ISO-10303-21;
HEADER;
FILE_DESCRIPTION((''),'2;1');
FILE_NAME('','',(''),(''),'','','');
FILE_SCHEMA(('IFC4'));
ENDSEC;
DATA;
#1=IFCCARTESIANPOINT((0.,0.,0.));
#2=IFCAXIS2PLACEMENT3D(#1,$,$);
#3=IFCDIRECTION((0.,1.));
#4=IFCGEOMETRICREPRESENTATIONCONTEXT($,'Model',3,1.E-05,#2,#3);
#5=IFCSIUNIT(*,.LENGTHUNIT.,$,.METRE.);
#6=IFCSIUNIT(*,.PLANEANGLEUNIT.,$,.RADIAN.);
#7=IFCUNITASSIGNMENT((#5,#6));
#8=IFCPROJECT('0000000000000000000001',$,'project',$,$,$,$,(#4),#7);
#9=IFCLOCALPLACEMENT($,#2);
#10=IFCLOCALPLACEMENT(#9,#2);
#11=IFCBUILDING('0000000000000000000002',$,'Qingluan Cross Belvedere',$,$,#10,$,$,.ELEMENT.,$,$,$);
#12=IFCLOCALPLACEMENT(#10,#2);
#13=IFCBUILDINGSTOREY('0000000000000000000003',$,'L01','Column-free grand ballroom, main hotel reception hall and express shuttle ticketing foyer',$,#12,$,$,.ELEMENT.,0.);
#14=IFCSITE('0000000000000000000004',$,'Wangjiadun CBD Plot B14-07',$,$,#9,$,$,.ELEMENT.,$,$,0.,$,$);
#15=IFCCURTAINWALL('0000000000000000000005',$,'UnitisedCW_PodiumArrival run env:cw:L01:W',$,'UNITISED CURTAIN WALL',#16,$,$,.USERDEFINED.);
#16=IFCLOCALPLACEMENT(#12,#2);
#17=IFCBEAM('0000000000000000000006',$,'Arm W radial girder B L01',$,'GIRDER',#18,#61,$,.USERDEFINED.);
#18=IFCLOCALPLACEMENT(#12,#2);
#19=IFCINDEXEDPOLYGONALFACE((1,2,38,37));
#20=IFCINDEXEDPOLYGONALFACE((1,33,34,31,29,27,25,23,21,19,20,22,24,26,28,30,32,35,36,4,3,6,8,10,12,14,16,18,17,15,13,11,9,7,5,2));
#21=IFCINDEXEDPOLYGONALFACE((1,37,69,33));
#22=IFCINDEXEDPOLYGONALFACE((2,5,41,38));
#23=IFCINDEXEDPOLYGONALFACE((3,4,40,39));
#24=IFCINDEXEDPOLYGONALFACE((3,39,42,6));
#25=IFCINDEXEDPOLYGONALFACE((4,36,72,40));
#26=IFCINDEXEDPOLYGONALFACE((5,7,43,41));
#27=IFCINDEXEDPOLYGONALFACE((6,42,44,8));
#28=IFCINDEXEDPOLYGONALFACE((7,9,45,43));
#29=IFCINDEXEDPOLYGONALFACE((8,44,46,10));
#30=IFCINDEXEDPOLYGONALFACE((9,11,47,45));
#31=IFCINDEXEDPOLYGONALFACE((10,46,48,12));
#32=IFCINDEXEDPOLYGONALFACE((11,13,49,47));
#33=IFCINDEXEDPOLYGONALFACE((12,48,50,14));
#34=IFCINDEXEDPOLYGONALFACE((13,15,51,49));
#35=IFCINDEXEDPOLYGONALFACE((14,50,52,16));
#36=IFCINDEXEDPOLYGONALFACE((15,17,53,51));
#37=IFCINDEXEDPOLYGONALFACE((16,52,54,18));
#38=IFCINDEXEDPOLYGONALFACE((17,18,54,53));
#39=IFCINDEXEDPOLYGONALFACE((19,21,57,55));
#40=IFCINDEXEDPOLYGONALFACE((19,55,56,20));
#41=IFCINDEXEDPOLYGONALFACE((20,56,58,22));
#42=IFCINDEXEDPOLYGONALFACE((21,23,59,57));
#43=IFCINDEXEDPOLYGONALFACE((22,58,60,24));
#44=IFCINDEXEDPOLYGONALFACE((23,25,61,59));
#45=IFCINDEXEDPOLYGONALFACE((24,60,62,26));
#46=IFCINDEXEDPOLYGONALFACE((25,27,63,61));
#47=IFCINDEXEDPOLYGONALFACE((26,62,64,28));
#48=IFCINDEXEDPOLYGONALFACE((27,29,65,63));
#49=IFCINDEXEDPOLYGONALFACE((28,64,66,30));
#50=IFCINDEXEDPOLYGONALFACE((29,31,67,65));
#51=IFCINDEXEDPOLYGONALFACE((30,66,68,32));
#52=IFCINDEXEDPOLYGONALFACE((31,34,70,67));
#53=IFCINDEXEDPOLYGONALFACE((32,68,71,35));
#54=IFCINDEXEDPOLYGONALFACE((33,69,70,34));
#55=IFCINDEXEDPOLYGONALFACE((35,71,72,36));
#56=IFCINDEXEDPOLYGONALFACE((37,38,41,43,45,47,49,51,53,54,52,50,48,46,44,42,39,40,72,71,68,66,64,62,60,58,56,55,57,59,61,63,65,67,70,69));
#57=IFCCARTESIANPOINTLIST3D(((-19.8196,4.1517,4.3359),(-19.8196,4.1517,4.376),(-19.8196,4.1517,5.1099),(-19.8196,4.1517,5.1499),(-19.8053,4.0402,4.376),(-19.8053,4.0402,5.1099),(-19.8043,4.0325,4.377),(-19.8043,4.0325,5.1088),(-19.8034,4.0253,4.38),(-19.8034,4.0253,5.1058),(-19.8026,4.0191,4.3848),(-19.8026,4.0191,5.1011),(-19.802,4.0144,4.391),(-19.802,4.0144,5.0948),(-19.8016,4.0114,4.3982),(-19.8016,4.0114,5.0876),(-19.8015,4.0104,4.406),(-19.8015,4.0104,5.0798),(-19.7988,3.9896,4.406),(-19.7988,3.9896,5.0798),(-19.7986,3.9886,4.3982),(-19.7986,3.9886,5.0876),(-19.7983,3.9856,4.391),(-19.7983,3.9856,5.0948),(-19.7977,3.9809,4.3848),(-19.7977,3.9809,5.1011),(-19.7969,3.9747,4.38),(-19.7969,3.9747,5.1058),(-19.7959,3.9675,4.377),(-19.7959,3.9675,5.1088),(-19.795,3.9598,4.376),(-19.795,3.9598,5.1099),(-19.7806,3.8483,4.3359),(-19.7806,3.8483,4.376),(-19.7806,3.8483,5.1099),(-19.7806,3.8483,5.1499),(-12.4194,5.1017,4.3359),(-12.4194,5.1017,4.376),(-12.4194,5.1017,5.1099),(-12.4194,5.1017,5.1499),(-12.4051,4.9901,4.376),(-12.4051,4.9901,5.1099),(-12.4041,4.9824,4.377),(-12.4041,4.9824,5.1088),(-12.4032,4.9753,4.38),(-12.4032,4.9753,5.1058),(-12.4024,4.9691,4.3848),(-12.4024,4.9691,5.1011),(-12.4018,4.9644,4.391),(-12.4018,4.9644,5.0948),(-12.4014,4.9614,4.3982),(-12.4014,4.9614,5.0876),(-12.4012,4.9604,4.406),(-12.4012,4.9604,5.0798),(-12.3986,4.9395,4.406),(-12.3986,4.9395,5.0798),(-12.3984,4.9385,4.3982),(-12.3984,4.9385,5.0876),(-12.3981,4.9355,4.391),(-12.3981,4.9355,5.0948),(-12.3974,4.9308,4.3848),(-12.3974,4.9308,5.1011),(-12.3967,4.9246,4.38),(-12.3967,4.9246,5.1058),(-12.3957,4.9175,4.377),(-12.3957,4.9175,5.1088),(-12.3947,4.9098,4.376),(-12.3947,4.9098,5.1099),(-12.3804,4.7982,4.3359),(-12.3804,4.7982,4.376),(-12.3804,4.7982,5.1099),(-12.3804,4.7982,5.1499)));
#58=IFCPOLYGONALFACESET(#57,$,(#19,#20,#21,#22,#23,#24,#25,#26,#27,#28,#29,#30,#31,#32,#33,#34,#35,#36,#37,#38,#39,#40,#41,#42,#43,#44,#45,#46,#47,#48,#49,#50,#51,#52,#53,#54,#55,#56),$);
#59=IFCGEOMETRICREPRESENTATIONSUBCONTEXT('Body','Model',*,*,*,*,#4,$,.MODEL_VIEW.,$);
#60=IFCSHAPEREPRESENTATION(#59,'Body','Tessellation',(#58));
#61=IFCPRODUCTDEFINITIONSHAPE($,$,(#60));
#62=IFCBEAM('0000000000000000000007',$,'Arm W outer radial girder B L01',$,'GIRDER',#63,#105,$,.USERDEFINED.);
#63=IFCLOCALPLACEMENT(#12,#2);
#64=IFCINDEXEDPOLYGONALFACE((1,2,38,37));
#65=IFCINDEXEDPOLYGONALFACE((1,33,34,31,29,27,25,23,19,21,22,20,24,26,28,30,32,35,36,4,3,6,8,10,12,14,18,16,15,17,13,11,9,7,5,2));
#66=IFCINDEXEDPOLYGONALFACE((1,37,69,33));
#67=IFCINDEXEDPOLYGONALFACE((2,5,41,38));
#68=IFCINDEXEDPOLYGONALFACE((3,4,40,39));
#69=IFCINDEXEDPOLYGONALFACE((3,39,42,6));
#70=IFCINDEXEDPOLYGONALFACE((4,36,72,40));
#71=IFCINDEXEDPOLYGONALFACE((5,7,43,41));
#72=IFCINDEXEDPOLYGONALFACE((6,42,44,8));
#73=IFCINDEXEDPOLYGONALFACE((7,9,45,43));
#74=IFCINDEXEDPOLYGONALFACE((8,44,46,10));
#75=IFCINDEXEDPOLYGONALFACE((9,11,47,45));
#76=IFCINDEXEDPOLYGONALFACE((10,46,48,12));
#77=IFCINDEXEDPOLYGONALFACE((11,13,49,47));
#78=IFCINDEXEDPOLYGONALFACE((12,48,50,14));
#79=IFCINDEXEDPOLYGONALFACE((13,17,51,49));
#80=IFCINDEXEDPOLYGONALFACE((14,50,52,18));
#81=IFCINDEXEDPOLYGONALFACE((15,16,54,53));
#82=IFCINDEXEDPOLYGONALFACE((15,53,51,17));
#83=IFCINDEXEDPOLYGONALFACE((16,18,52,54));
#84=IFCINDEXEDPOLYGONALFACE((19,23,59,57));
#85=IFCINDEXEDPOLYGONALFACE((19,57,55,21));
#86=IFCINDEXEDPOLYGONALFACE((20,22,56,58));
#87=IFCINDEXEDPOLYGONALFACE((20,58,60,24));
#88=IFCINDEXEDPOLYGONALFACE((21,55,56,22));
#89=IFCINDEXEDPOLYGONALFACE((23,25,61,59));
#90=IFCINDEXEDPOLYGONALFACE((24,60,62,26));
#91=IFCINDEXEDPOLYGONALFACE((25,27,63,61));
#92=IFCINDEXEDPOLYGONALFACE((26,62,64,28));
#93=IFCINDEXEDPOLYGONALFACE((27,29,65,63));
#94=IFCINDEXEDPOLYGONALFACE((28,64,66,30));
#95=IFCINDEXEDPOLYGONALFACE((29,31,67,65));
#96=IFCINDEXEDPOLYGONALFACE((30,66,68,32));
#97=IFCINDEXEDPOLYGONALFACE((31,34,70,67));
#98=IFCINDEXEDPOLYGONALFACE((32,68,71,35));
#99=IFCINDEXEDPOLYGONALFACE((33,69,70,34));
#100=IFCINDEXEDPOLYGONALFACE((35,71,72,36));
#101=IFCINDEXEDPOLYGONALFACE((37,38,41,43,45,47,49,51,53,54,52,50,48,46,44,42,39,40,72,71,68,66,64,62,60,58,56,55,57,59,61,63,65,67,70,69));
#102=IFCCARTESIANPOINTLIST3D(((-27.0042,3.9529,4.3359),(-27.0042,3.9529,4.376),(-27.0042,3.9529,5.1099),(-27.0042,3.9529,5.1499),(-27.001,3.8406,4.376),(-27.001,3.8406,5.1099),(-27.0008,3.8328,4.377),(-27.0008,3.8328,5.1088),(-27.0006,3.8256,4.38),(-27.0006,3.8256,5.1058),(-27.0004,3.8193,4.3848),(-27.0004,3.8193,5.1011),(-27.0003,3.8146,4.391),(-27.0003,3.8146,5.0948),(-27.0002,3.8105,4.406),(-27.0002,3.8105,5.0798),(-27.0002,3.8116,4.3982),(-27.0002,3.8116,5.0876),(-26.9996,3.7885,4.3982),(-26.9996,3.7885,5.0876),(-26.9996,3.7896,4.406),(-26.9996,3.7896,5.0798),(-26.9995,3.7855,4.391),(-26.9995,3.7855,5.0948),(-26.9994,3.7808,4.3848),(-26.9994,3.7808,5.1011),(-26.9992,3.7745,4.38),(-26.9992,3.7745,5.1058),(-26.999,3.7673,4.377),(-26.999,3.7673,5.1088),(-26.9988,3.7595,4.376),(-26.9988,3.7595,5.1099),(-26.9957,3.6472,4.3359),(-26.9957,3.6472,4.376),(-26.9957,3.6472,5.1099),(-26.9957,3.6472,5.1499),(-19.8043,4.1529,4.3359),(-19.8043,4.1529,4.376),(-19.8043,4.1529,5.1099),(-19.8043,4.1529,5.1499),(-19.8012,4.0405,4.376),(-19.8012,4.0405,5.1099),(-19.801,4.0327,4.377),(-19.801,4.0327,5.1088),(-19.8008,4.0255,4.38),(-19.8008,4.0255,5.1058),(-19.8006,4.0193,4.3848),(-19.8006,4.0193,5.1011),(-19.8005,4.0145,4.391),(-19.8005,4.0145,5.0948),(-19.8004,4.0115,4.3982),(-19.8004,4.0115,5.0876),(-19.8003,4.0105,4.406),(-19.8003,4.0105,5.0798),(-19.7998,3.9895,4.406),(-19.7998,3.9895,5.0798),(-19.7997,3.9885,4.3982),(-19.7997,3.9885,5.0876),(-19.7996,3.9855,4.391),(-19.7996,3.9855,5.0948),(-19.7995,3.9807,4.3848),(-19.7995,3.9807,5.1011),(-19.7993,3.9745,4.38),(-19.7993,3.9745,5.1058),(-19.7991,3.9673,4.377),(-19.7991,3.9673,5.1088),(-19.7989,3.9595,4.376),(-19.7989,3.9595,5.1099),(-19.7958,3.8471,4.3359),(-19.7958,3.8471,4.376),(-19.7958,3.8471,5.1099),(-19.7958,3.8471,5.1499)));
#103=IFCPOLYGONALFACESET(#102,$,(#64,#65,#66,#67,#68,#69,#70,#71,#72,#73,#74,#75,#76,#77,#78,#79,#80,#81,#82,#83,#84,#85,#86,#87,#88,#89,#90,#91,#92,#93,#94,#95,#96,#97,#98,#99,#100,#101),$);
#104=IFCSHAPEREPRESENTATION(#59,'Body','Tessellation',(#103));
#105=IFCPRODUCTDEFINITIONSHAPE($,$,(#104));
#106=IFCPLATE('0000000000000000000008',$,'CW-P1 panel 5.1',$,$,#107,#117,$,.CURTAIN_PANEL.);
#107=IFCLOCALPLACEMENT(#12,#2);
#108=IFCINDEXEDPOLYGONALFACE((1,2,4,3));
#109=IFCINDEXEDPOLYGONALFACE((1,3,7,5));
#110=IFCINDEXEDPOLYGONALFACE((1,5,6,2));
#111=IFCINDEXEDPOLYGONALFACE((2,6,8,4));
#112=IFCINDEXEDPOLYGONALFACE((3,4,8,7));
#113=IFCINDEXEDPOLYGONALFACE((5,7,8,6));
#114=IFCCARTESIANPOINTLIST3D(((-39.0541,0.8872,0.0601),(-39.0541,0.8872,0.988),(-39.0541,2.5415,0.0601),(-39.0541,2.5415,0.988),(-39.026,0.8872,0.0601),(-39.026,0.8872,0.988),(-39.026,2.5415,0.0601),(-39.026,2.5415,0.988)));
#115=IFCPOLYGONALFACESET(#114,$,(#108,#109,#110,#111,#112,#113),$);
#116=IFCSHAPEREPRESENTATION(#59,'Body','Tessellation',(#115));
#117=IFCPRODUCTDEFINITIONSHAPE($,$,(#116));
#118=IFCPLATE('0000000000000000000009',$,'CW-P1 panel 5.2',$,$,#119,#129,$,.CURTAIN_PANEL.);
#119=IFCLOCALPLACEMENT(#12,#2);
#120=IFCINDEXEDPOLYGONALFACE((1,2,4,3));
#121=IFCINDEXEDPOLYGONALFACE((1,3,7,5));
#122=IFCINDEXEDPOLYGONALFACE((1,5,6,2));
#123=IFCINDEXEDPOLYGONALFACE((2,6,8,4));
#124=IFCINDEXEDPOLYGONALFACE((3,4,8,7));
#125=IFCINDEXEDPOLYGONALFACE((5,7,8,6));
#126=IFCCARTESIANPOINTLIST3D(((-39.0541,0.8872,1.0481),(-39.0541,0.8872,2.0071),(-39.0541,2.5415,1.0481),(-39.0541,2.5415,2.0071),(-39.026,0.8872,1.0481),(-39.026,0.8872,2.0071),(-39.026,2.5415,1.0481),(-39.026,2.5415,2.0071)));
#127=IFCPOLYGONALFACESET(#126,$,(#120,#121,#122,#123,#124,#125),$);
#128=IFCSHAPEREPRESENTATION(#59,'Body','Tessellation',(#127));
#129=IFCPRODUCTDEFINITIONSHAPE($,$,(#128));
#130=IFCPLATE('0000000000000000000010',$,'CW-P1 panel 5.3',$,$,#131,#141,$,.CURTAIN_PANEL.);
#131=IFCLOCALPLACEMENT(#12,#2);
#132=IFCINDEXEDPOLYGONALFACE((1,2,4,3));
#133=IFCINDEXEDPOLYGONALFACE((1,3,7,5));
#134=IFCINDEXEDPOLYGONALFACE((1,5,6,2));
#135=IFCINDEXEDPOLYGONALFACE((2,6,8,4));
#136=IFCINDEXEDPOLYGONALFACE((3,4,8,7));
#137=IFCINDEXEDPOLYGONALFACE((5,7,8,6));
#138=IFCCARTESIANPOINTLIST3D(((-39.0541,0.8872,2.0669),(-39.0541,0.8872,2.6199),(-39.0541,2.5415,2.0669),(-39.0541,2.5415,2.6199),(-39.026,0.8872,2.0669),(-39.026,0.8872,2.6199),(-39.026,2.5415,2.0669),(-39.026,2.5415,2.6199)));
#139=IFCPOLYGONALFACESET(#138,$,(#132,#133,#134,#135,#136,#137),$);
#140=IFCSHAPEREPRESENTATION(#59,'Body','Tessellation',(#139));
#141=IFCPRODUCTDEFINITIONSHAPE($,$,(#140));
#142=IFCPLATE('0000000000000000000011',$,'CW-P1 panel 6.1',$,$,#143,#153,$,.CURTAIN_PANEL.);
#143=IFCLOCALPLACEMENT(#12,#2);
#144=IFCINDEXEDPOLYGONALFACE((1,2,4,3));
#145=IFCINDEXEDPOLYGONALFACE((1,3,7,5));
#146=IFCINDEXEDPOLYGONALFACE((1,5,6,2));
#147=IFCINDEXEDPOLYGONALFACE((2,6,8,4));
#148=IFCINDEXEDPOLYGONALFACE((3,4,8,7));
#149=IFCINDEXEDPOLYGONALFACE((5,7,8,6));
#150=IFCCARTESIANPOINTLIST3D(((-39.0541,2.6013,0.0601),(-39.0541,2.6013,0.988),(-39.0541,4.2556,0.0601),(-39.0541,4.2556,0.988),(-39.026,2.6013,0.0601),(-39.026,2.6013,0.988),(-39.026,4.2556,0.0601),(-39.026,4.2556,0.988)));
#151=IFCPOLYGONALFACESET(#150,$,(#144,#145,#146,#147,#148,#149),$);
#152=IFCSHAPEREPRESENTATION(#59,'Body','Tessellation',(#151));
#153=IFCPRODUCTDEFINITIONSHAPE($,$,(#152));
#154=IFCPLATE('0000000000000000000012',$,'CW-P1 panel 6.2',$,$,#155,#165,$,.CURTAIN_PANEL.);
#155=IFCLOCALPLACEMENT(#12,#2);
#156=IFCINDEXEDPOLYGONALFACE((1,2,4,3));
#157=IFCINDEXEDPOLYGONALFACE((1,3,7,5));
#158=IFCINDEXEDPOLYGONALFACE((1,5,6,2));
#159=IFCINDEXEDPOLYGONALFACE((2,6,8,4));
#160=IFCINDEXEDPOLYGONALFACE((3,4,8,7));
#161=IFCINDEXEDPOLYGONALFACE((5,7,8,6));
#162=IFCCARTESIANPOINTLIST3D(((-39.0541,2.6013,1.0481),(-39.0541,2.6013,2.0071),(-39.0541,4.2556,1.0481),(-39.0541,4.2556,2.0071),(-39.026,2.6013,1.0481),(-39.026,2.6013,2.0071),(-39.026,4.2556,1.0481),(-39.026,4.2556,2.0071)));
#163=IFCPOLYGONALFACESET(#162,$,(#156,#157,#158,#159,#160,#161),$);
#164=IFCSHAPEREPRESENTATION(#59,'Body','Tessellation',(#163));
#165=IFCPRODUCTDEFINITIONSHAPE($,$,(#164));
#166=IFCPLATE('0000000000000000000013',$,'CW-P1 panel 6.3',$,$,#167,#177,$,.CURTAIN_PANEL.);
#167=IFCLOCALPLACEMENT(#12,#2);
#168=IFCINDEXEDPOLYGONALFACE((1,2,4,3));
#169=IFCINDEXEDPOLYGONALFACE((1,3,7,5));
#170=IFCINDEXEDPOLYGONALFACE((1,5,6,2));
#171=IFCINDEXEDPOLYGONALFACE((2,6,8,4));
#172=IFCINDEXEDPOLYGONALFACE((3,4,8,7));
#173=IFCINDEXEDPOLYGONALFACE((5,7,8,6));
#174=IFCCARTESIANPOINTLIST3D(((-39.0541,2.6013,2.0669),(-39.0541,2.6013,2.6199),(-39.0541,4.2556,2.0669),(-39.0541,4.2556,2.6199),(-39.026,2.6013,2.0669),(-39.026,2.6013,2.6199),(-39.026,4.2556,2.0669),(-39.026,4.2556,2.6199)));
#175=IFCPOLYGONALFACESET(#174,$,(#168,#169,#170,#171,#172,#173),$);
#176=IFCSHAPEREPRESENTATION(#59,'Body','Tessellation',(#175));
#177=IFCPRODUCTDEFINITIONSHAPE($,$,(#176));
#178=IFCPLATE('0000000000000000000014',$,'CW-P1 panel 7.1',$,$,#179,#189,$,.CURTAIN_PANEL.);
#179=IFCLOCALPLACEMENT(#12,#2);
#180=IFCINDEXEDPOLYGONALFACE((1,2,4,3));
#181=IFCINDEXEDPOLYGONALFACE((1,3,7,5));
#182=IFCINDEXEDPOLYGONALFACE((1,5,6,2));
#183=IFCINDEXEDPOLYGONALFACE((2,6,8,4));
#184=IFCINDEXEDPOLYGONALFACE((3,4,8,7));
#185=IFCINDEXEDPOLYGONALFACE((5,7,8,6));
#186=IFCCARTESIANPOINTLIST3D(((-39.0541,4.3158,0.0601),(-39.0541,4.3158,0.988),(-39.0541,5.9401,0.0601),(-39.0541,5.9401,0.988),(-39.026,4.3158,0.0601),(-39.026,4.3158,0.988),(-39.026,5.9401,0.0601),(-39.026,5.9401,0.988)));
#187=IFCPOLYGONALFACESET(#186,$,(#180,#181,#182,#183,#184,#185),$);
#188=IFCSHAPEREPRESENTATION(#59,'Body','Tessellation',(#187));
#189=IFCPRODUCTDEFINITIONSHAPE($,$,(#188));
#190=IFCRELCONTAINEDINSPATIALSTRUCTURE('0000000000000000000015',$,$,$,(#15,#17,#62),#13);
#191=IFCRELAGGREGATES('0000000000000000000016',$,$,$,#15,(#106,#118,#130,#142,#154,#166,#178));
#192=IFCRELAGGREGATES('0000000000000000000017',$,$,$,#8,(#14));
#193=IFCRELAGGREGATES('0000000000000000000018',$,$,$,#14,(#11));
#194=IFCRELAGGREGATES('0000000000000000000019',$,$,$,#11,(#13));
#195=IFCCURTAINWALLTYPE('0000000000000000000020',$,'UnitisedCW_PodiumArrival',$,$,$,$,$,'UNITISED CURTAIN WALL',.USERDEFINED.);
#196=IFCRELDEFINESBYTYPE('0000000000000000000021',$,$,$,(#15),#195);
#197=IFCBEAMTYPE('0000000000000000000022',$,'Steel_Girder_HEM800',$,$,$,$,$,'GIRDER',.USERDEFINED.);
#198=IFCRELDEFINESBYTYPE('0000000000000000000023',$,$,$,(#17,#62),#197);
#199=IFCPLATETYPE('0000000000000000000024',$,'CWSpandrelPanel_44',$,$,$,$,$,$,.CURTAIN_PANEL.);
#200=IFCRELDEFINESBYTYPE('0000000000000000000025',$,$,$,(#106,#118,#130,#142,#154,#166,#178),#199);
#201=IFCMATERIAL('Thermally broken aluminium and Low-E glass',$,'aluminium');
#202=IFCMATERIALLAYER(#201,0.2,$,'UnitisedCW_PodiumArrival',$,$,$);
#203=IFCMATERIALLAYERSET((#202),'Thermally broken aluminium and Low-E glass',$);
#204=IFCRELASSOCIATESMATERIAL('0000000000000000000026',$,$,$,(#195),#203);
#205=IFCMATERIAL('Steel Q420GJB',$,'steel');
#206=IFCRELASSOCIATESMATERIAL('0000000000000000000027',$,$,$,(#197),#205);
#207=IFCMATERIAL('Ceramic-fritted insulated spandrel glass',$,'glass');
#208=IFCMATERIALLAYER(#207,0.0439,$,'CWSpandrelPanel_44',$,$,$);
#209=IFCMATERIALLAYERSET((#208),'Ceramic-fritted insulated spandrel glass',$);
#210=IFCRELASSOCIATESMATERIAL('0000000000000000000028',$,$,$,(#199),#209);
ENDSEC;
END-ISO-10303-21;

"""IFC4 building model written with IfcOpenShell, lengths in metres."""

from ifc_helpers import new_model, si_unit, direction, frame, origin, origin_2d, place, context, subcontext, project, spatial, rectangle, i_section, extrude, material, layer, layer_set, material_profile, profile_set, type_object, element, aggregate, save


model = new_model("IFC4")

# Units and contexts
model_context = context("Model", 3, precision=1e-05, world=origin(), true_north=direction((0.0, 1.0)))
body_context = subcontext(model_context, "Body", "Model", "MODEL_VIEW")
ifc_project = project(units=[si_unit("LENGTHUNIT", "METRE"), si_unit("PLANEANGLEUNIT", "RADIAN")], contexts=[model_context])

# Site, building, storey
site_placement = place(None, origin())
site = spatial("IfcSite", under=ifc_project, at=site_placement, Name="Wangjiadun CBD Plot B14-07", CompositionType="ELEMENT", RefElevation=0.0)
building_placement = place(site_placement, origin())
building = spatial("IfcBuilding", under=site, at=building_placement, Name="Qingluan Cross Belvedere", CompositionType="ELEMENT")
storey_placement = place(building_placement, origin())
storey = spatial("IfcBuildingStorey", under=building, at=storey_placement, Name="L01", Description="Column-free grand ballroom, main hotel reception hall and express shuttle ticketing foyer", CompositionType="ELEMENT", Elevation=0.0)

# Curtain wall
ifc_material_1 = material(Name="Thermally broken aluminium and Low-E glass", Category="aluminium")
ifc_layer_1 = layer(ifc_material_1, 0.2, Name="UnitisedCW_PodiumArrival")
ifc_layer_set_1 = layer_set([ifc_layer_1], Name="Thermally broken aluminium and Low-E glass")
curtain_wall_type = type_object("IfcCurtainWallType", Name="UnitisedCW_PodiumArrival", ElementType="UNITISED CURTAIN WALL", PredefinedType="USERDEFINED", material=ifc_layer_set_1)
curtain_wall_placement = place(storey_placement, origin())
curtain_wall = element("IfcCurtainWall", 1, at=curtain_wall_placement, inside=storey, type_object=curtain_wall_type, Name="UnitisedCW_PodiumArrival run env:cw:L01:W", ObjectType="UNITISED CURTAIN WALL", PredefinedType="USERDEFINED")

# Beams
ifc_material_2 = material(Name="Steel Q420GJB", Category="steel")
ifc_material_profile_1 = material_profile(ifc_material_2, i_section(OverallWidth=0.3059, OverallDepth=0.814, WebThickness=0.021, FlangeThickness=0.04, FilletRadius=0.03, at=origin_2d()), Name="HEM800")
ifc_profile_set_1 = profile_set([ifc_material_profile_1], Name="Steel Q420GJB")
beam_type = type_object("IfcBeamType", Name="Steel_Girder_HEM800", ElementType="GIRDER", PredefinedType="USERDEFINED", material=ifc_profile_set_1)
beam_1_placement = place(storey_placement, frame((-12.3999, 4.95, 4.7429), z_axis=(-0.991861, -0.127324, 0.0), x_axis=(0.127324, -0.991861, 0.0)))
element("IfcBeam", 2, at=beam_1_placement, inside=storey, type_object=beam_type, Name="Arm W radial girder B L01", ObjectType="GIRDER", PredefinedType="USERDEFINED", context=body_context, shape_type="SweptSolid", body=[
    extrude(i_section(OverallWidth=0.3059, OverallDepth=0.814, WebThickness=0.021, FlangeThickness=0.04, FilletRadius=0.03, at=origin_2d()), origin(), (0.0, 0.0, 1.0), 7.4609),
])
beam_2_placement = place(storey_placement, frame((-19.8, 4.0, 4.7429), z_axis=(-0.999615, -0.02776, 0.0), x_axis=(0.02776, -0.999615, 0.0)))
element("IfcBeam", 3, at=beam_2_placement, inside=storey, type_object=beam_type, Name="Arm W outer radial girder B L01", ObjectType="GIRDER", PredefinedType="USERDEFINED", context=body_context, shape_type="SweptSolid", body=[
    extrude(i_section(OverallWidth=0.3059, OverallDepth=0.814, WebThickness=0.021, FlangeThickness=0.04, FilletRadius=0.03, at=origin_2d()), origin(), (0.0, 0.0, 1.0), 7.2026),
])

# Plates
ifc_material_3 = material(Name="Ceramic-fritted insulated spandrel glass", Category="glass")
ifc_layer_2 = layer(ifc_material_3, 0.0439, Name="CWSpandrelPanel_44")
ifc_layer_set_2 = layer_set([ifc_layer_2], Name="Ceramic-fritted insulated spandrel glass")
plate_type = type_object("IfcPlateType", Name="CWSpandrelPanel_44", PredefinedType="CURTAIN_PANEL", material=ifc_layer_set_2)
plate_1_placement = place(storey_placement, frame((-39.04, 1.7144, 0.0601), z_axis=(0.0, 0.0, 1.0), x_axis=(0.0, 1.0, 0.0)))
plate_1 = element("IfcPlate", 4, at=plate_1_placement, type_object=plate_type, Name="CW-P1 panel 5.1", PredefinedType="CURTAIN_PANEL", context=body_context, shape_type="SweptSolid", body=[
    extrude(rectangle(XDim=1.6543, YDim=0.0281, at=origin_2d()), origin(), (0.0, 0.0, 1.0), 0.928),
])
plate_2_placement = place(storey_placement, frame((-39.04, 1.7144, 1.0481), z_axis=(0.0, 0.0, 1.0), x_axis=(0.0, 1.0, 0.0)))
plate_2 = element("IfcPlate", 5, at=plate_2_placement, type_object=plate_type, Name="CW-P1 panel 5.2", PredefinedType="CURTAIN_PANEL", context=body_context, shape_type="SweptSolid", body=[
    extrude(rectangle(XDim=1.6543, YDim=0.0281, at=origin_2d()), origin(), (0.0, 0.0, 1.0), 0.959),
])
plate_3_placement = place(storey_placement, frame((-39.04, 1.7144, 2.0669), z_axis=(0.0, 0.0, 1.0), x_axis=(0.0, 1.0, 0.0)))
plate_3 = element("IfcPlate", 6, at=plate_3_placement, type_object=plate_type, Name="CW-P1 panel 5.3", PredefinedType="CURTAIN_PANEL", context=body_context, shape_type="SweptSolid", body=[
    extrude(rectangle(XDim=1.6543, YDim=0.0281, at=origin_2d()), origin(), (0.0, 0.0, 1.0), 0.553),
])
plate_4_placement = place(storey_placement, frame((-39.04, 3.4285, 0.0601), z_axis=(0.0, 0.0, 1.0), x_axis=(0.0, 1.0, 0.0)))
plate_4 = element("IfcPlate", 7, at=plate_4_placement, type_object=plate_type, Name="CW-P1 panel 6.1", PredefinedType="CURTAIN_PANEL", context=body_context, shape_type="SweptSolid", body=[
    extrude(rectangle(XDim=1.6543, YDim=0.0281, at=origin_2d()), origin(), (0.0, 0.0, 1.0), 0.928),
])
plate_5_placement = place(storey_placement, frame((-39.04, 3.4285, 1.0481), z_axis=(0.0, 0.0, 1.0), x_axis=(0.0, 1.0, 0.0)))
plate_5 = element("IfcPlate", 8, at=plate_5_placement, type_object=plate_type, Name="CW-P1 panel 6.2", PredefinedType="CURTAIN_PANEL", context=body_context, shape_type="SweptSolid", body=[
    extrude(rectangle(XDim=1.6543, YDim=0.0281, at=origin_2d()), origin(), (0.0, 0.0, 1.0), 0.959),
])
plate_6_placement = place(storey_placement, frame((-39.04, 3.4285, 2.0669), z_axis=(0.0, 0.0, 1.0), x_axis=(0.0, 1.0, 0.0)))
plate_6 = element("IfcPlate", 9, at=plate_6_placement, type_object=plate_type, Name="CW-P1 panel 6.3", PredefinedType="CURTAIN_PANEL", context=body_context, shape_type="SweptSolid", body=[
    extrude(rectangle(XDim=1.6543, YDim=0.0281, at=origin_2d()), origin(), (0.0, 0.0, 1.0), 0.553),
])
plate_7_placement = place(storey_placement, frame((-39.04, 5.1279, 0.0601), z_axis=(0.0, 0.0, 1.0), x_axis=(0.0, 1.0, 0.0)))
plate_7 = element("IfcPlate", 10, at=plate_7_placement, type_object=plate_type, Name="CW-P1 panel 7.1", PredefinedType="CURTAIN_PANEL", context=body_context, shape_type="SweptSolid", body=[
    extrude(rectangle(XDim=1.6243, YDim=0.0281, at=origin_2d()), origin(), (0.0, 0.0, 1.0), 0.928),
])
aggregate(curtain_wall, [plate_1, plate_2, plate_3, plate_4, plate_5, plate_6, plate_7])

save(model, "model.ifc")
